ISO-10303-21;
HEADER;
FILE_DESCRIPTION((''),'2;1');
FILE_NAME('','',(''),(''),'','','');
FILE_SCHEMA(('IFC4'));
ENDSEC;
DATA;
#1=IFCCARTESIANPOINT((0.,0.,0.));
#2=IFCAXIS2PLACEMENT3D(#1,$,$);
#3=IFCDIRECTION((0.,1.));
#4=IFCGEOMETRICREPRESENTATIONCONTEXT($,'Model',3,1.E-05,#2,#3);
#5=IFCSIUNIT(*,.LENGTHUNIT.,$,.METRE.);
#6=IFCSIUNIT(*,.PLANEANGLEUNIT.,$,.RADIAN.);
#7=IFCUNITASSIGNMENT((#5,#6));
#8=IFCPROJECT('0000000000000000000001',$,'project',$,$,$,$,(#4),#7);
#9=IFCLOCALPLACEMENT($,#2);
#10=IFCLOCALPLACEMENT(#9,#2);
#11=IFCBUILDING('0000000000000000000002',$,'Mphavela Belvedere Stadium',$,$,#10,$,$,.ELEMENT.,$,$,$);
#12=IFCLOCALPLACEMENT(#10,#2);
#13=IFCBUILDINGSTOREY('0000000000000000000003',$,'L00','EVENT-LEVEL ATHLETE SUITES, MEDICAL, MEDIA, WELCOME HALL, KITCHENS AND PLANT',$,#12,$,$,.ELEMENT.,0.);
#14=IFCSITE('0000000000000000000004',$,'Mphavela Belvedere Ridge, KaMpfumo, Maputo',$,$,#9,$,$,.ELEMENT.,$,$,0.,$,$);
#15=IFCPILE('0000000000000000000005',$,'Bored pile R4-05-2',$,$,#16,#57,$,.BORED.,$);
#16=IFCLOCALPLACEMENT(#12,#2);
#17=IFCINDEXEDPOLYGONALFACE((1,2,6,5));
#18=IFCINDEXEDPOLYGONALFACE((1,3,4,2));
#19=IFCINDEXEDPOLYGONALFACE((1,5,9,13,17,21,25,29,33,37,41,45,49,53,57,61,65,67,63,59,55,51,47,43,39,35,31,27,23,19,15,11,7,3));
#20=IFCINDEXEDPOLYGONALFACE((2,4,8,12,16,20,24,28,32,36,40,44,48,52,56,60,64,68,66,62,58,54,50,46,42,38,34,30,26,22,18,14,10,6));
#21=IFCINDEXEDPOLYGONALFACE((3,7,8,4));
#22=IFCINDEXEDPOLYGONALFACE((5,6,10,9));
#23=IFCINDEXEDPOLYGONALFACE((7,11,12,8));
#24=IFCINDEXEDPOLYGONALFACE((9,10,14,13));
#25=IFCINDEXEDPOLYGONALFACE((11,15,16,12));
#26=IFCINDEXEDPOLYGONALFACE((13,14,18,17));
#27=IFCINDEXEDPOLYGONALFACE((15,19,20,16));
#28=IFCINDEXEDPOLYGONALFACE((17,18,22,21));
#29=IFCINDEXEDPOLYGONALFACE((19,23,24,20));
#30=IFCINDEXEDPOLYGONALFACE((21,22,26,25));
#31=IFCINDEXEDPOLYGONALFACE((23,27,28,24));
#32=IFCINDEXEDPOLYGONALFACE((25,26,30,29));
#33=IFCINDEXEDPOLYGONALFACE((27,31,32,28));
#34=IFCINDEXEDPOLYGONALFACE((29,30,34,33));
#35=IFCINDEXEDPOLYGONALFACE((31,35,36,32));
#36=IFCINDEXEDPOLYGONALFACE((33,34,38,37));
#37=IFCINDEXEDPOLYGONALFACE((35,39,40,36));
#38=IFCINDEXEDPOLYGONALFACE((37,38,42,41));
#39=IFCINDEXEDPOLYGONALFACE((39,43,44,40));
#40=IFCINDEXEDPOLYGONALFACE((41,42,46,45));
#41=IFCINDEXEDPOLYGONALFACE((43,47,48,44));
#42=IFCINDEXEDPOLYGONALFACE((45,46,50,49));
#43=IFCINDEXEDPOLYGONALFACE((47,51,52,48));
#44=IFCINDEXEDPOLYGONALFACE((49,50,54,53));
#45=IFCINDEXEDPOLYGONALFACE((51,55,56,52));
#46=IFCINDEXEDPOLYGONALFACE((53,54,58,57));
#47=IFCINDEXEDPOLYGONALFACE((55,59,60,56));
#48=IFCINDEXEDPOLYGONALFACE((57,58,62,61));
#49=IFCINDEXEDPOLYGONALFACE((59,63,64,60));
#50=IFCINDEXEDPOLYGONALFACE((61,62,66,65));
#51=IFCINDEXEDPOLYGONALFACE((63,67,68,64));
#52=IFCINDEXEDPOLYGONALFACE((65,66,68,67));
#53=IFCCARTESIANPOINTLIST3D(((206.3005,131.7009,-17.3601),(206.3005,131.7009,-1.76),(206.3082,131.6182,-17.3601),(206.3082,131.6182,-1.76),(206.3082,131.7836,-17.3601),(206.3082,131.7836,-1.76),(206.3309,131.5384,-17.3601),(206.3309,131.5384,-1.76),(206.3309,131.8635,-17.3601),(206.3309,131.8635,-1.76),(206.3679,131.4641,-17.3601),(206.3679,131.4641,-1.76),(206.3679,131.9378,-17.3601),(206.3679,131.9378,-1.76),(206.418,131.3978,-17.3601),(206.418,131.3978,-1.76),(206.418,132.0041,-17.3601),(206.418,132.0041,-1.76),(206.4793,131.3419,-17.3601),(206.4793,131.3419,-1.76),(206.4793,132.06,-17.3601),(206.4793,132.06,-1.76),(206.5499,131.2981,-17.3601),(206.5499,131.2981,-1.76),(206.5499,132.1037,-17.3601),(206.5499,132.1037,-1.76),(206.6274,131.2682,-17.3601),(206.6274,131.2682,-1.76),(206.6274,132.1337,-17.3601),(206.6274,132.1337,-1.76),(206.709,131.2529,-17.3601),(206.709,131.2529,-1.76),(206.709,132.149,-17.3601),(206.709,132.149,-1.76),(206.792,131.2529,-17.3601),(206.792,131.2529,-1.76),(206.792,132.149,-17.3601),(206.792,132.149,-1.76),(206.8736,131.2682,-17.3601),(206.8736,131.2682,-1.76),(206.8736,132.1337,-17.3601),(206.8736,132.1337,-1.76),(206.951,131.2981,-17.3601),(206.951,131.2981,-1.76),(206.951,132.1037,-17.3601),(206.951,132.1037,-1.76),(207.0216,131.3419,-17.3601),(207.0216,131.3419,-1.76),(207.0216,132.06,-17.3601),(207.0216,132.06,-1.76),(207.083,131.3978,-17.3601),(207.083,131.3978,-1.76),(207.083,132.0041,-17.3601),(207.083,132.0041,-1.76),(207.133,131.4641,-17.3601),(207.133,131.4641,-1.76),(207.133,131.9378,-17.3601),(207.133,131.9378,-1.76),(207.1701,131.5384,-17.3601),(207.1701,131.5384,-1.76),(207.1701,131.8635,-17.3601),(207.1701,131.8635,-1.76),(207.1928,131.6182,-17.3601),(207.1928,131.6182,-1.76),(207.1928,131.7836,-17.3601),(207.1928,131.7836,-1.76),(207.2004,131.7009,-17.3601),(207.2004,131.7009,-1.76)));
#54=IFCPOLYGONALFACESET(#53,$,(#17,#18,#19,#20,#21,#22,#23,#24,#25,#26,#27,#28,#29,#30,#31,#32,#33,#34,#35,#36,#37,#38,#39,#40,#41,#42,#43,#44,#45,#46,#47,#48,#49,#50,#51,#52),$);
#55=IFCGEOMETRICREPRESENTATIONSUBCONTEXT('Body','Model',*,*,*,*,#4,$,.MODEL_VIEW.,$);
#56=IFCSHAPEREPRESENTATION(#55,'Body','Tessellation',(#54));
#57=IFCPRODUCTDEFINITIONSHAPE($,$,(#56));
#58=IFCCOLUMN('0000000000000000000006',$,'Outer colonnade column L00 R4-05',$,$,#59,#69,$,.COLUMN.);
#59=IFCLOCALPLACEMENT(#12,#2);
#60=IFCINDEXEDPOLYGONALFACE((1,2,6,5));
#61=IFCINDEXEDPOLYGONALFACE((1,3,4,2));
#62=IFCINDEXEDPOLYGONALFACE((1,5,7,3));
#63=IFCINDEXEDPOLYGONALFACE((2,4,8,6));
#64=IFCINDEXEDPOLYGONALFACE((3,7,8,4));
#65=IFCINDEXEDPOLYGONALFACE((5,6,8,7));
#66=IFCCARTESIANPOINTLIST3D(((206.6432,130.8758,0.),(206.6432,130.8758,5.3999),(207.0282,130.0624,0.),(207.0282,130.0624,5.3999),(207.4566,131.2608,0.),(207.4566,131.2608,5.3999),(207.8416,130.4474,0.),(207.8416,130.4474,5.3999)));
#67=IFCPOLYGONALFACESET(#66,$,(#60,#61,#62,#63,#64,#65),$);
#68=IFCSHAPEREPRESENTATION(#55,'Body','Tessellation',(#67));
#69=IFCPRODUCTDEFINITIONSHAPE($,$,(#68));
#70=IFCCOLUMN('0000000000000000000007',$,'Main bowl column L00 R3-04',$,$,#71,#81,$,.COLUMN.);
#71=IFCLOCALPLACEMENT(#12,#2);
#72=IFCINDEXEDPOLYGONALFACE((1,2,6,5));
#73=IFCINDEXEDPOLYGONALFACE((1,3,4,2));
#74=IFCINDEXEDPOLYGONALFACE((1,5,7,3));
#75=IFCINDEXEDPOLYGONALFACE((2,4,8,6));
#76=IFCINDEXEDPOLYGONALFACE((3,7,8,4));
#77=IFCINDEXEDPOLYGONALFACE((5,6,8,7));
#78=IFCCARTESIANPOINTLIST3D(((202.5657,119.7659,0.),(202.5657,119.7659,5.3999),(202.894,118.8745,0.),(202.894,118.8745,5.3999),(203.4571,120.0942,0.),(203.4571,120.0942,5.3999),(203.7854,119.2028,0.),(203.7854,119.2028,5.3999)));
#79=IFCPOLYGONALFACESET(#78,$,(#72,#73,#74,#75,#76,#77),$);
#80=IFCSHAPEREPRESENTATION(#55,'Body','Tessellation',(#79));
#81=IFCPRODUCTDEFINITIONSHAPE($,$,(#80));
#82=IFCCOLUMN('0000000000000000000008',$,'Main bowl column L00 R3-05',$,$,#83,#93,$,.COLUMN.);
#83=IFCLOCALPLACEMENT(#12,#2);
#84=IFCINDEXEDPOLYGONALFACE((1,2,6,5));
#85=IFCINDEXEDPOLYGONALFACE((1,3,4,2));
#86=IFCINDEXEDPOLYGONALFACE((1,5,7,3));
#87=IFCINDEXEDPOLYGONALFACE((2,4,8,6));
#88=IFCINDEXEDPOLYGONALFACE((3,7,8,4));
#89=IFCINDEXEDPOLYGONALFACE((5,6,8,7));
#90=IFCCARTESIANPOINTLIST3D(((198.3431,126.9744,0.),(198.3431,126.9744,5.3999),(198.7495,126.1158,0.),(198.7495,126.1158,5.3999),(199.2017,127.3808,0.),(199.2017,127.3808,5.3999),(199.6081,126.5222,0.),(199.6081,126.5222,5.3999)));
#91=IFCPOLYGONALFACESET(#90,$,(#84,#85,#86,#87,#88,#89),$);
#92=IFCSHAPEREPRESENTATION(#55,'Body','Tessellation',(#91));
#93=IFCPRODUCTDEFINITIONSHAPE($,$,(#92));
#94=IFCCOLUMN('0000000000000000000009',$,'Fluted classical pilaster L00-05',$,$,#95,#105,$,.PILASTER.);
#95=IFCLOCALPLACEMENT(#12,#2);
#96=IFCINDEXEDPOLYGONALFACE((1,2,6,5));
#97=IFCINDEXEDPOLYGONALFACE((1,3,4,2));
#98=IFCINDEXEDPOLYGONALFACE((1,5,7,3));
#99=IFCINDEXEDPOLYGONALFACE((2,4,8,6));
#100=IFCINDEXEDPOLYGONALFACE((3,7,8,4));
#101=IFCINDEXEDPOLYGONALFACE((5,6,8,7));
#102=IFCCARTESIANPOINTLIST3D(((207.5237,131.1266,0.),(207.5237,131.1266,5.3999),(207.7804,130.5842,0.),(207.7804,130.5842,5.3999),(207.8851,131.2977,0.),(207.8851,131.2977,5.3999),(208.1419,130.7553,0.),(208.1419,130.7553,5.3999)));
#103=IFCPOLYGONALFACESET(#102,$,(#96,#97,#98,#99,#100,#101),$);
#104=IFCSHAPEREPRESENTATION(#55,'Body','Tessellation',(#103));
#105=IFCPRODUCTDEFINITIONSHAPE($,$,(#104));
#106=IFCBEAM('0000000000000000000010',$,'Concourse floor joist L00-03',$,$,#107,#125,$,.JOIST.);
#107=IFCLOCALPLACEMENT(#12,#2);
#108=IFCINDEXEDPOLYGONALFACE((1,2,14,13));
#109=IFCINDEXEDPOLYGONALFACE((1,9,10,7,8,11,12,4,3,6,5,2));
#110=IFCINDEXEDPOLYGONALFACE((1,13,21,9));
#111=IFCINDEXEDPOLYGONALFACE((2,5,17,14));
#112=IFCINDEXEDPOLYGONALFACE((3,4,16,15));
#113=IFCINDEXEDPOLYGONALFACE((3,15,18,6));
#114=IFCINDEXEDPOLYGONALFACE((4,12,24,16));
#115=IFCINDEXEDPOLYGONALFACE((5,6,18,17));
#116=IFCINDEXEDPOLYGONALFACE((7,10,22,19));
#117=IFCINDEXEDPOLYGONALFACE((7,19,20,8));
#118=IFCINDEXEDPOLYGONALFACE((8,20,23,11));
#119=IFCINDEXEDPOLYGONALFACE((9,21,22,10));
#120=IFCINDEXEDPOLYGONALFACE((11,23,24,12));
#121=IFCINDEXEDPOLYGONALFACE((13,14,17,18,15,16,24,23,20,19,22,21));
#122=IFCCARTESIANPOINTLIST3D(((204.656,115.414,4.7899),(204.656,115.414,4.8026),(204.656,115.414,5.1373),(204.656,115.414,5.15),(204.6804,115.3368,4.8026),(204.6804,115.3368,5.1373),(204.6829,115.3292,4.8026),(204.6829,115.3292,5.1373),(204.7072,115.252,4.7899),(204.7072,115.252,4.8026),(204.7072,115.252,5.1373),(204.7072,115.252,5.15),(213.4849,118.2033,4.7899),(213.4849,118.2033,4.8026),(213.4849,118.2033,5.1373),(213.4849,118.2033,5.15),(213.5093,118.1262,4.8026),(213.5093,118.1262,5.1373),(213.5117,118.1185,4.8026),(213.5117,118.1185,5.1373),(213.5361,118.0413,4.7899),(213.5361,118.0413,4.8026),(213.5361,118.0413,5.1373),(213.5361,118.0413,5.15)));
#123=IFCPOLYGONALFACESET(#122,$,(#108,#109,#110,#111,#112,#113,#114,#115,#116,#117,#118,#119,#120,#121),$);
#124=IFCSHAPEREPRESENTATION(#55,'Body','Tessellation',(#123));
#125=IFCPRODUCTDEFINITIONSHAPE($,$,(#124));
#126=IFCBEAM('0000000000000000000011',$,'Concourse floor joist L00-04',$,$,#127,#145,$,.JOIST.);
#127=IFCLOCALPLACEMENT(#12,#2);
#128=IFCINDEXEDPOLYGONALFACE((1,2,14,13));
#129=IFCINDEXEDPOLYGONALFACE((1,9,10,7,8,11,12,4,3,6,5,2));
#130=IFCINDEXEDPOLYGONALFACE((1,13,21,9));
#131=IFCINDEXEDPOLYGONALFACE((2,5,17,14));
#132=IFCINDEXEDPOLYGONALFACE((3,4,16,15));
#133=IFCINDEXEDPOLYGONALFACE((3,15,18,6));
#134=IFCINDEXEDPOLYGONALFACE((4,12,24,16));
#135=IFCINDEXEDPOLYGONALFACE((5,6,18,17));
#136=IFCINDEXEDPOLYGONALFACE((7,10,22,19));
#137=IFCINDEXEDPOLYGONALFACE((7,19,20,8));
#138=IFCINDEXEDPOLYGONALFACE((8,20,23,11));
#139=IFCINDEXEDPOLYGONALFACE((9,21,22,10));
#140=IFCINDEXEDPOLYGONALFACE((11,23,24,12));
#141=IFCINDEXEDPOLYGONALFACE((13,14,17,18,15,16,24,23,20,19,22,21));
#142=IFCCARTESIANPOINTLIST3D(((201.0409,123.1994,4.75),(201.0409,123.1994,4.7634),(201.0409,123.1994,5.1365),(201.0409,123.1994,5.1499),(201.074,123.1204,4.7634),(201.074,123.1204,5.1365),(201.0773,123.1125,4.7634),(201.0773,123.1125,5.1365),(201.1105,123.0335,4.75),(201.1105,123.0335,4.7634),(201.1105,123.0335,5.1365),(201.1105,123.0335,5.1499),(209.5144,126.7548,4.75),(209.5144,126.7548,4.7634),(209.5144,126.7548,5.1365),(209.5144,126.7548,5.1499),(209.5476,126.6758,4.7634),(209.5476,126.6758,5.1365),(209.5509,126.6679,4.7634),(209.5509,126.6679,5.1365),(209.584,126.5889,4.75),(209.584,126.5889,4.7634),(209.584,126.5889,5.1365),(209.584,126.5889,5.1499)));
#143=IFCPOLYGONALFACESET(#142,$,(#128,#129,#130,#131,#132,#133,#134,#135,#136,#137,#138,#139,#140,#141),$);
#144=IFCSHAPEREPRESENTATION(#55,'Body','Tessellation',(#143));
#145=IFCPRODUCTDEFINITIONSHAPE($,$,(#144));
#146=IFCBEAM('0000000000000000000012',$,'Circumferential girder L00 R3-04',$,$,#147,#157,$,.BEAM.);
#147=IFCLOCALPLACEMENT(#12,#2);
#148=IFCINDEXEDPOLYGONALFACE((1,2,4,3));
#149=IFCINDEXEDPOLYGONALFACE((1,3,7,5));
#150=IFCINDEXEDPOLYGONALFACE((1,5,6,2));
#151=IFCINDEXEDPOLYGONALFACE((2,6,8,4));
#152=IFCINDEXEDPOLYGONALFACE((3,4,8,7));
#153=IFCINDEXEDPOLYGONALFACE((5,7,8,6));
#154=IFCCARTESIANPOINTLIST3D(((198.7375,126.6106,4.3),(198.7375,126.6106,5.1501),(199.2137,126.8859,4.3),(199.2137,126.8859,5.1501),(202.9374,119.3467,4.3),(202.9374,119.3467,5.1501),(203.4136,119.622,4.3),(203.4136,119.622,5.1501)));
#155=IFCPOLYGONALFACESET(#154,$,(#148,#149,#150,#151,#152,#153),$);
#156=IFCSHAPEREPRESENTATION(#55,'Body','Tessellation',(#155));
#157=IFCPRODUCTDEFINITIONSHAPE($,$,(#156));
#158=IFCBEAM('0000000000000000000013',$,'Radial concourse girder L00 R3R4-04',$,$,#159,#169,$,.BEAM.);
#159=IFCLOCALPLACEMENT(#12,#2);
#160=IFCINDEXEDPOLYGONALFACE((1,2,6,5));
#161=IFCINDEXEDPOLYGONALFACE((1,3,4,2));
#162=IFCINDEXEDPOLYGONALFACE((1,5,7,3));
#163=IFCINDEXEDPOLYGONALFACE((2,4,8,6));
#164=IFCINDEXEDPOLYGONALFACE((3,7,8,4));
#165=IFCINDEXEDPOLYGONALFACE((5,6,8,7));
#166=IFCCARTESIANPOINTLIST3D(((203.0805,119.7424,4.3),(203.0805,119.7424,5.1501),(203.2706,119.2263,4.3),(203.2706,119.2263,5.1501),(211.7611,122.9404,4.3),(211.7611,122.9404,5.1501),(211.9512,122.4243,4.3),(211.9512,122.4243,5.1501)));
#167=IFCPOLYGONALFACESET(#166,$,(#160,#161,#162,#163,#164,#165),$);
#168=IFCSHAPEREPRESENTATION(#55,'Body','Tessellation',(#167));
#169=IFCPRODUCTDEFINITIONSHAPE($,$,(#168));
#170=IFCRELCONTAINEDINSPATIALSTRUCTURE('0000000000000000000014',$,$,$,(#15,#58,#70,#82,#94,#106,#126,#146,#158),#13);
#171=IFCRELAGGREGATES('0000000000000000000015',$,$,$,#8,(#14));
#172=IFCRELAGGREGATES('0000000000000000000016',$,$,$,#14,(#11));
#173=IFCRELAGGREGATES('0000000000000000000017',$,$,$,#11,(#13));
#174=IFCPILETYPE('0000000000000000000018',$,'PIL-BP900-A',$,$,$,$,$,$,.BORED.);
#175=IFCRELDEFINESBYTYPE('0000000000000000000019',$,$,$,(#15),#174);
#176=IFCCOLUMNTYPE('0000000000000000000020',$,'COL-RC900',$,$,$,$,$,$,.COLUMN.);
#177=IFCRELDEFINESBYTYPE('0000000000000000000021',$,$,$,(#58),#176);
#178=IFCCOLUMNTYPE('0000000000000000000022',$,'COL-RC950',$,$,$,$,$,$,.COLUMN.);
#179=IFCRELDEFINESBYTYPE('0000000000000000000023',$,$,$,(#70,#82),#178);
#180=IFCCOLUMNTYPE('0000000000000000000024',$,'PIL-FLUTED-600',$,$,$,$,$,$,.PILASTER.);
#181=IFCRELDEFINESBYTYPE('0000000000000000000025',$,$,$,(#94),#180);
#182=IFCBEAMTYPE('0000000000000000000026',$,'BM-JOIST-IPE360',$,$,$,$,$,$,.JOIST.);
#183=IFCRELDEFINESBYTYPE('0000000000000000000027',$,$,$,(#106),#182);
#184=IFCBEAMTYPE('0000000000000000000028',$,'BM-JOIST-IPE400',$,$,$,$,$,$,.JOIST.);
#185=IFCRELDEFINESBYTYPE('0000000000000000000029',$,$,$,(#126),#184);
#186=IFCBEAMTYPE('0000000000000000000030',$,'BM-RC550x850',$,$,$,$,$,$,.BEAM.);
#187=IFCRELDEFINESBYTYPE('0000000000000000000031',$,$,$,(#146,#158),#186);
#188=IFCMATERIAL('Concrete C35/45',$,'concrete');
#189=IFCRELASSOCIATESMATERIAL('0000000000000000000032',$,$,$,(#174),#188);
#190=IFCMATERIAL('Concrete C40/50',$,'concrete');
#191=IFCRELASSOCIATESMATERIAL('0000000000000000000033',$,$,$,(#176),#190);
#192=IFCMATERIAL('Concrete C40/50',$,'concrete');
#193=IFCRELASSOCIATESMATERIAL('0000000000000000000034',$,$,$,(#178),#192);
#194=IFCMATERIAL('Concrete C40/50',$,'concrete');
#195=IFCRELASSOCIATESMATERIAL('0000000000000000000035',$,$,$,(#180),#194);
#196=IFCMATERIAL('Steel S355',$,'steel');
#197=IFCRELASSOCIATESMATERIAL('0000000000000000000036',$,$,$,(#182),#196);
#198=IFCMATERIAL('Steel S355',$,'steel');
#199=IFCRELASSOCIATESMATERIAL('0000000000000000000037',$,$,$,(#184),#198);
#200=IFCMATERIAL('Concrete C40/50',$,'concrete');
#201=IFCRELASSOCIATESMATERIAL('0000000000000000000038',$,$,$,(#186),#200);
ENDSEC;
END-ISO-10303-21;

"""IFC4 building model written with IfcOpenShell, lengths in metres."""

from ifc_helpers import new_model, si_unit, direction, frame, origin, origin_2d, place, context, subcontext, project, spatial, rectangle, circle, i_section, extrude, material, material_profile, profile_set, type_object, element, save


model = new_model("IFC4")

# Units and contexts
model_context = context("Model", 3, precision=1e-05, world=origin(), true_north=direction((0.0, 1.0)))
body_context = subcontext(model_context, "Body", "Model", "MODEL_VIEW")
ifc_project = project(units=[si_unit("LENGTHUNIT", "METRE"), si_unit("PLANEANGLEUNIT", "RADIAN")], contexts=[model_context])

# Site, building, storey
site_placement = place(None, origin())
site = spatial("IfcSite", under=ifc_project, at=site_placement, Name="Mphavela Belvedere Ridge, KaMpfumo, Maputo", CompositionType="ELEMENT", RefElevation=0.0)
building_placement = place(site_placement, origin())
building = spatial("IfcBuilding", under=site, at=building_placement, Name="Mphavela Belvedere Stadium", CompositionType="ELEMENT")
storey_placement = place(building_placement, origin())
storey = spatial("IfcBuildingStorey", under=building, at=storey_placement, Name="L00", Description="EVENT-LEVEL ATHLETE SUITES, MEDICAL, MEDIA, WELCOME HALL, KITCHENS AND PLANT", CompositionType="ELEMENT", Elevation=0.0)

# Pile
ifc_material_1 = material(Name="Concrete C35/45", Category="concrete")
ifc_material_profile_1 = material_profile(ifc_material_1, circle(Radius=0.45, at=origin_2d()), Name="BP D900")
ifc_profile_set_1 = profile_set([ifc_material_profile_1], Name="Concrete C35/45")
pile_type_1 = type_object("IfcPileType", Name="PIL-BP900-A", PredefinedType="BORED", material=ifc_profile_set_1)
for number, where, z_axis, x_axis, name in (
    (1, (206.7505, 131.7009, -1.76), (0.0, 0.0, -1.0), (1.0, 0.0, 0.0), "Bored pile R4-05-2"),
):
    element("IfcPile", number, at=place(storey_placement, frame(where, z_axis=z_axis, x_axis=x_axis)), inside=storey, type_object=pile_type_1, Name=name, PredefinedType="BORED", context=body_context, shape_type="SweptSolid", body=[
        extrude(circle(Radius=0.45, at=origin_2d()), origin(), (0.0, 0.0, 1.0), 15.6001),
    ])

# Columns
ifc_material_2 = material(Name="Concrete C40/50", Category="concrete")
ifc_material_profile_2 = material_profile(ifc_material_2, rectangle(XDim=0.8999, YDim=0.8999, at=origin_2d()), Name="RC 900x900")
ifc_profile_set_2 = profile_set([ifc_material_profile_2], Name="Concrete C40/50")
column_type_1 = type_object("IfcColumnType", Name="COL-RC900", PredefinedType="COLUMN", material=ifc_profile_set_2)
column_1_placement = place(storey_placement, frame((207.2424, 130.6616, 0.0), z_axis=(0.0, 0.0, 1.0), x_axis=(0.903859, 0.427831, 0.0)))
element("IfcColumn", 2, at=column_1_placement, inside=storey, type_object=column_type_1, Name="Outer colonnade column L00 R4-05", PredefinedType="COLUMN", context=body_context, shape_type="SweptSolid", body=[
    extrude(rectangle(XDim=0.8999, YDim=0.8999, at=origin_2d()), origin(), (0.0, 0.0, 1.0), 5.3999),
])
ifc_material_3 = material(Name="Concrete C40/50", Category="concrete")
ifc_material_profile_3 = material_profile(ifc_material_3, rectangle(XDim=0.95, YDim=0.95, at=origin_2d()), Name="RC 950x950")
ifc_profile_set_3 = profile_set([ifc_material_profile_3], Name="Concrete C40/50")
column_type_2 = type_object("IfcColumnType", Name="COL-RC950", PredefinedType="COLUMN", material=ifc_profile_set_3)
for number, where, z_axis, x_axis, name in (
    (3, (203.1755, 119.4844, 0.0), (0.0, 0.0, 1.0), (0.938372, 0.345626, 0.0), "Main bowl column L00 R3-04"),
    (4, (198.9756, 126.7483, 0.0), (0.0, 0.0, 1.0), (0.903859, 0.427831, 0.0), "Main bowl column L00 R3-05"),
):
    element("IfcColumn", number, at=place(storey_placement, frame(where, z_axis=z_axis, x_axis=x_axis)), inside=storey, type_object=column_type_2, Name=name, PredefinedType="COLUMN", context=body_context, shape_type="SweptSolid", body=[
        extrude(rectangle(XDim=0.95, YDim=0.95, at=origin_2d()), origin(), (0.0, 0.0, 1.0), 5.3999),
    ])
ifc_material_4 = material(Name="Concrete C40/50", Category="concrete")
ifc_material_profile_4 = material_profile(ifc_material_4, rectangle(XDim=0.6001, YDim=0.3999, at=origin_2d()), Name="PIL 600x400")
ifc_profile_set_4 = profile_set([ifc_material_profile_4], Name="Concrete C40/50")
column_type_3 = type_object("IfcColumnType", Name="PIL-FLUTED-600", PredefinedType="PILASTER", material=ifc_profile_set_4)
column_2_placement = place(storey_placement, frame((207.8328, 130.9409, 0.0), z_axis=(0.0, 0.0, 1.0), x_axis=(-0.427831, 0.903859, 0.0)))
element("IfcColumn", 5, at=column_2_placement, inside=storey, type_object=column_type_3, Name="Fluted classical pilaster L00-05", PredefinedType="PILASTER", context=body_context, shape_type="SweptSolid", body=[
    extrude(rectangle(XDim=0.6001, YDim=0.3999, at=origin_2d()), origin(), (0.0, 0.0, 1.0), 5.3999),
])

# Beams
ifc_material_5 = material(Name="Steel S355", Category="steel")
ifc_material_profile_5 = material_profile(ifc_material_5, i_section(OverallWidth=0.1699, OverallDepth=0.3601, WebThickness=0.0081, FlangeThickness=0.0127, at=origin_2d()), Name="IPE 360")
ifc_profile_set_5 = profile_set([ifc_material_profile_5], Name="Steel S355")
beam_type_1 = type_object("IfcBeamType", Name="BM-JOIST-IPE360", PredefinedType="JOIST", material=ifc_profile_set_5)
beam_1_placement = place(storey_placement, frame((204.6816, 115.333, 4.97), z_axis=(0.953544, 0.301254, 0.0), x_axis=(-0.301254, 0.953544, 0.0)))
element("IfcBeam", 6, at=beam_1_placement, inside=storey, type_object=beam_type_1, Name="Concourse floor joist L00-03", PredefinedType="JOIST", context=body_context, shape_type="SweptSolid", body=[
    extrude(i_section(OverallWidth=0.1699, OverallDepth=0.3601, WebThickness=0.0081, FlangeThickness=0.0127, at=origin_2d()), origin(), (0.0, 0.0, 1.0), 9.259),
])
ifc_material_6 = material(Name="Steel S355", Category="steel")
ifc_material_profile_6 = material_profile(ifc_material_6, i_section(OverallWidth=0.1799, OverallDepth=0.3999, WebThickness=0.0085, FlangeThickness=0.0134, at=origin_2d()), Name="IPE 400")
ifc_profile_set_6 = profile_set([ifc_material_profile_6], Name="Steel S355")
beam_type_2 = type_object("IfcBeamType", Name="BM-JOIST-IPE400", PredefinedType="JOIST", material=ifc_profile_set_6)
beam_2_placement = place(storey_placement, frame((201.0757, 123.1165, 4.95), z_axis=(0.922118, 0.386908, 0.0), x_axis=(-0.386908, 0.922118, 0.0)))
element("IfcBeam", 7, at=beam_2_placement, inside=storey, type_object=beam_type_2, Name="Concourse floor joist L00-04", PredefinedType="JOIST", context=body_context, shape_type="SweptSolid", body=[
    extrude(i_section(OverallWidth=0.1799, OverallDepth=0.3999, WebThickness=0.0085, FlangeThickness=0.0134, at=origin_2d()), origin(), (0.0, 0.0, 1.0), 9.1892),
])
ifc_material_7 = material(Name="Concrete C40/50", Category="concrete")
ifc_material_profile_7 = material_profile(ifc_material_7, rectangle(XDim=0.55, YDim=0.8501, at=origin_2d()), Name="RC 550x850")
ifc_profile_set_7 = profile_set([ifc_material_profile_7], Name="Concrete C40/50")
beam_type_3 = type_object("IfcBeamType", Name="BM-RC550x850", PredefinedType="BEAM", material=ifc_profile_set_7)
beam_3_placement = place(storey_placement, frame((203.1755, 119.4844, 4.7251), z_axis=(-0.500548, 0.865709, 0.0), x_axis=(-0.865709, -0.500548, 0.0)))
element("IfcBeam", 8, at=beam_3_placement, inside=storey, type_object=beam_type_3, Name="Circumferential girder L00 R3-04", PredefinedType="BEAM", context=body_context, shape_type="SweptSolid", body=[
    extrude(rectangle(XDim=0.55, YDim=0.8501, at=origin_2d()), origin(), (0.0, 0.0, 1.0), 8.3906),
])
beam_4_placement = place(storey_placement, frame((203.1755, 119.4844, 4.7251), z_axis=(0.938348, 0.345692, 0.0), x_axis=(-0.345692, 0.938348, 0.0)))
element("IfcBeam", 9, at=beam_4_placement, inside=storey, type_object=beam_type_3, Name="Radial concourse girder L00 R3R4-04", PredefinedType="BEAM", context=body_context, shape_type="SweptSolid", body=[
    extrude(rectangle(XDim=0.55, YDim=0.8501, at=origin_2d()), origin(), (0.0, 0.0, 1.0), 9.251),
])

save(model, "model.ifc")
